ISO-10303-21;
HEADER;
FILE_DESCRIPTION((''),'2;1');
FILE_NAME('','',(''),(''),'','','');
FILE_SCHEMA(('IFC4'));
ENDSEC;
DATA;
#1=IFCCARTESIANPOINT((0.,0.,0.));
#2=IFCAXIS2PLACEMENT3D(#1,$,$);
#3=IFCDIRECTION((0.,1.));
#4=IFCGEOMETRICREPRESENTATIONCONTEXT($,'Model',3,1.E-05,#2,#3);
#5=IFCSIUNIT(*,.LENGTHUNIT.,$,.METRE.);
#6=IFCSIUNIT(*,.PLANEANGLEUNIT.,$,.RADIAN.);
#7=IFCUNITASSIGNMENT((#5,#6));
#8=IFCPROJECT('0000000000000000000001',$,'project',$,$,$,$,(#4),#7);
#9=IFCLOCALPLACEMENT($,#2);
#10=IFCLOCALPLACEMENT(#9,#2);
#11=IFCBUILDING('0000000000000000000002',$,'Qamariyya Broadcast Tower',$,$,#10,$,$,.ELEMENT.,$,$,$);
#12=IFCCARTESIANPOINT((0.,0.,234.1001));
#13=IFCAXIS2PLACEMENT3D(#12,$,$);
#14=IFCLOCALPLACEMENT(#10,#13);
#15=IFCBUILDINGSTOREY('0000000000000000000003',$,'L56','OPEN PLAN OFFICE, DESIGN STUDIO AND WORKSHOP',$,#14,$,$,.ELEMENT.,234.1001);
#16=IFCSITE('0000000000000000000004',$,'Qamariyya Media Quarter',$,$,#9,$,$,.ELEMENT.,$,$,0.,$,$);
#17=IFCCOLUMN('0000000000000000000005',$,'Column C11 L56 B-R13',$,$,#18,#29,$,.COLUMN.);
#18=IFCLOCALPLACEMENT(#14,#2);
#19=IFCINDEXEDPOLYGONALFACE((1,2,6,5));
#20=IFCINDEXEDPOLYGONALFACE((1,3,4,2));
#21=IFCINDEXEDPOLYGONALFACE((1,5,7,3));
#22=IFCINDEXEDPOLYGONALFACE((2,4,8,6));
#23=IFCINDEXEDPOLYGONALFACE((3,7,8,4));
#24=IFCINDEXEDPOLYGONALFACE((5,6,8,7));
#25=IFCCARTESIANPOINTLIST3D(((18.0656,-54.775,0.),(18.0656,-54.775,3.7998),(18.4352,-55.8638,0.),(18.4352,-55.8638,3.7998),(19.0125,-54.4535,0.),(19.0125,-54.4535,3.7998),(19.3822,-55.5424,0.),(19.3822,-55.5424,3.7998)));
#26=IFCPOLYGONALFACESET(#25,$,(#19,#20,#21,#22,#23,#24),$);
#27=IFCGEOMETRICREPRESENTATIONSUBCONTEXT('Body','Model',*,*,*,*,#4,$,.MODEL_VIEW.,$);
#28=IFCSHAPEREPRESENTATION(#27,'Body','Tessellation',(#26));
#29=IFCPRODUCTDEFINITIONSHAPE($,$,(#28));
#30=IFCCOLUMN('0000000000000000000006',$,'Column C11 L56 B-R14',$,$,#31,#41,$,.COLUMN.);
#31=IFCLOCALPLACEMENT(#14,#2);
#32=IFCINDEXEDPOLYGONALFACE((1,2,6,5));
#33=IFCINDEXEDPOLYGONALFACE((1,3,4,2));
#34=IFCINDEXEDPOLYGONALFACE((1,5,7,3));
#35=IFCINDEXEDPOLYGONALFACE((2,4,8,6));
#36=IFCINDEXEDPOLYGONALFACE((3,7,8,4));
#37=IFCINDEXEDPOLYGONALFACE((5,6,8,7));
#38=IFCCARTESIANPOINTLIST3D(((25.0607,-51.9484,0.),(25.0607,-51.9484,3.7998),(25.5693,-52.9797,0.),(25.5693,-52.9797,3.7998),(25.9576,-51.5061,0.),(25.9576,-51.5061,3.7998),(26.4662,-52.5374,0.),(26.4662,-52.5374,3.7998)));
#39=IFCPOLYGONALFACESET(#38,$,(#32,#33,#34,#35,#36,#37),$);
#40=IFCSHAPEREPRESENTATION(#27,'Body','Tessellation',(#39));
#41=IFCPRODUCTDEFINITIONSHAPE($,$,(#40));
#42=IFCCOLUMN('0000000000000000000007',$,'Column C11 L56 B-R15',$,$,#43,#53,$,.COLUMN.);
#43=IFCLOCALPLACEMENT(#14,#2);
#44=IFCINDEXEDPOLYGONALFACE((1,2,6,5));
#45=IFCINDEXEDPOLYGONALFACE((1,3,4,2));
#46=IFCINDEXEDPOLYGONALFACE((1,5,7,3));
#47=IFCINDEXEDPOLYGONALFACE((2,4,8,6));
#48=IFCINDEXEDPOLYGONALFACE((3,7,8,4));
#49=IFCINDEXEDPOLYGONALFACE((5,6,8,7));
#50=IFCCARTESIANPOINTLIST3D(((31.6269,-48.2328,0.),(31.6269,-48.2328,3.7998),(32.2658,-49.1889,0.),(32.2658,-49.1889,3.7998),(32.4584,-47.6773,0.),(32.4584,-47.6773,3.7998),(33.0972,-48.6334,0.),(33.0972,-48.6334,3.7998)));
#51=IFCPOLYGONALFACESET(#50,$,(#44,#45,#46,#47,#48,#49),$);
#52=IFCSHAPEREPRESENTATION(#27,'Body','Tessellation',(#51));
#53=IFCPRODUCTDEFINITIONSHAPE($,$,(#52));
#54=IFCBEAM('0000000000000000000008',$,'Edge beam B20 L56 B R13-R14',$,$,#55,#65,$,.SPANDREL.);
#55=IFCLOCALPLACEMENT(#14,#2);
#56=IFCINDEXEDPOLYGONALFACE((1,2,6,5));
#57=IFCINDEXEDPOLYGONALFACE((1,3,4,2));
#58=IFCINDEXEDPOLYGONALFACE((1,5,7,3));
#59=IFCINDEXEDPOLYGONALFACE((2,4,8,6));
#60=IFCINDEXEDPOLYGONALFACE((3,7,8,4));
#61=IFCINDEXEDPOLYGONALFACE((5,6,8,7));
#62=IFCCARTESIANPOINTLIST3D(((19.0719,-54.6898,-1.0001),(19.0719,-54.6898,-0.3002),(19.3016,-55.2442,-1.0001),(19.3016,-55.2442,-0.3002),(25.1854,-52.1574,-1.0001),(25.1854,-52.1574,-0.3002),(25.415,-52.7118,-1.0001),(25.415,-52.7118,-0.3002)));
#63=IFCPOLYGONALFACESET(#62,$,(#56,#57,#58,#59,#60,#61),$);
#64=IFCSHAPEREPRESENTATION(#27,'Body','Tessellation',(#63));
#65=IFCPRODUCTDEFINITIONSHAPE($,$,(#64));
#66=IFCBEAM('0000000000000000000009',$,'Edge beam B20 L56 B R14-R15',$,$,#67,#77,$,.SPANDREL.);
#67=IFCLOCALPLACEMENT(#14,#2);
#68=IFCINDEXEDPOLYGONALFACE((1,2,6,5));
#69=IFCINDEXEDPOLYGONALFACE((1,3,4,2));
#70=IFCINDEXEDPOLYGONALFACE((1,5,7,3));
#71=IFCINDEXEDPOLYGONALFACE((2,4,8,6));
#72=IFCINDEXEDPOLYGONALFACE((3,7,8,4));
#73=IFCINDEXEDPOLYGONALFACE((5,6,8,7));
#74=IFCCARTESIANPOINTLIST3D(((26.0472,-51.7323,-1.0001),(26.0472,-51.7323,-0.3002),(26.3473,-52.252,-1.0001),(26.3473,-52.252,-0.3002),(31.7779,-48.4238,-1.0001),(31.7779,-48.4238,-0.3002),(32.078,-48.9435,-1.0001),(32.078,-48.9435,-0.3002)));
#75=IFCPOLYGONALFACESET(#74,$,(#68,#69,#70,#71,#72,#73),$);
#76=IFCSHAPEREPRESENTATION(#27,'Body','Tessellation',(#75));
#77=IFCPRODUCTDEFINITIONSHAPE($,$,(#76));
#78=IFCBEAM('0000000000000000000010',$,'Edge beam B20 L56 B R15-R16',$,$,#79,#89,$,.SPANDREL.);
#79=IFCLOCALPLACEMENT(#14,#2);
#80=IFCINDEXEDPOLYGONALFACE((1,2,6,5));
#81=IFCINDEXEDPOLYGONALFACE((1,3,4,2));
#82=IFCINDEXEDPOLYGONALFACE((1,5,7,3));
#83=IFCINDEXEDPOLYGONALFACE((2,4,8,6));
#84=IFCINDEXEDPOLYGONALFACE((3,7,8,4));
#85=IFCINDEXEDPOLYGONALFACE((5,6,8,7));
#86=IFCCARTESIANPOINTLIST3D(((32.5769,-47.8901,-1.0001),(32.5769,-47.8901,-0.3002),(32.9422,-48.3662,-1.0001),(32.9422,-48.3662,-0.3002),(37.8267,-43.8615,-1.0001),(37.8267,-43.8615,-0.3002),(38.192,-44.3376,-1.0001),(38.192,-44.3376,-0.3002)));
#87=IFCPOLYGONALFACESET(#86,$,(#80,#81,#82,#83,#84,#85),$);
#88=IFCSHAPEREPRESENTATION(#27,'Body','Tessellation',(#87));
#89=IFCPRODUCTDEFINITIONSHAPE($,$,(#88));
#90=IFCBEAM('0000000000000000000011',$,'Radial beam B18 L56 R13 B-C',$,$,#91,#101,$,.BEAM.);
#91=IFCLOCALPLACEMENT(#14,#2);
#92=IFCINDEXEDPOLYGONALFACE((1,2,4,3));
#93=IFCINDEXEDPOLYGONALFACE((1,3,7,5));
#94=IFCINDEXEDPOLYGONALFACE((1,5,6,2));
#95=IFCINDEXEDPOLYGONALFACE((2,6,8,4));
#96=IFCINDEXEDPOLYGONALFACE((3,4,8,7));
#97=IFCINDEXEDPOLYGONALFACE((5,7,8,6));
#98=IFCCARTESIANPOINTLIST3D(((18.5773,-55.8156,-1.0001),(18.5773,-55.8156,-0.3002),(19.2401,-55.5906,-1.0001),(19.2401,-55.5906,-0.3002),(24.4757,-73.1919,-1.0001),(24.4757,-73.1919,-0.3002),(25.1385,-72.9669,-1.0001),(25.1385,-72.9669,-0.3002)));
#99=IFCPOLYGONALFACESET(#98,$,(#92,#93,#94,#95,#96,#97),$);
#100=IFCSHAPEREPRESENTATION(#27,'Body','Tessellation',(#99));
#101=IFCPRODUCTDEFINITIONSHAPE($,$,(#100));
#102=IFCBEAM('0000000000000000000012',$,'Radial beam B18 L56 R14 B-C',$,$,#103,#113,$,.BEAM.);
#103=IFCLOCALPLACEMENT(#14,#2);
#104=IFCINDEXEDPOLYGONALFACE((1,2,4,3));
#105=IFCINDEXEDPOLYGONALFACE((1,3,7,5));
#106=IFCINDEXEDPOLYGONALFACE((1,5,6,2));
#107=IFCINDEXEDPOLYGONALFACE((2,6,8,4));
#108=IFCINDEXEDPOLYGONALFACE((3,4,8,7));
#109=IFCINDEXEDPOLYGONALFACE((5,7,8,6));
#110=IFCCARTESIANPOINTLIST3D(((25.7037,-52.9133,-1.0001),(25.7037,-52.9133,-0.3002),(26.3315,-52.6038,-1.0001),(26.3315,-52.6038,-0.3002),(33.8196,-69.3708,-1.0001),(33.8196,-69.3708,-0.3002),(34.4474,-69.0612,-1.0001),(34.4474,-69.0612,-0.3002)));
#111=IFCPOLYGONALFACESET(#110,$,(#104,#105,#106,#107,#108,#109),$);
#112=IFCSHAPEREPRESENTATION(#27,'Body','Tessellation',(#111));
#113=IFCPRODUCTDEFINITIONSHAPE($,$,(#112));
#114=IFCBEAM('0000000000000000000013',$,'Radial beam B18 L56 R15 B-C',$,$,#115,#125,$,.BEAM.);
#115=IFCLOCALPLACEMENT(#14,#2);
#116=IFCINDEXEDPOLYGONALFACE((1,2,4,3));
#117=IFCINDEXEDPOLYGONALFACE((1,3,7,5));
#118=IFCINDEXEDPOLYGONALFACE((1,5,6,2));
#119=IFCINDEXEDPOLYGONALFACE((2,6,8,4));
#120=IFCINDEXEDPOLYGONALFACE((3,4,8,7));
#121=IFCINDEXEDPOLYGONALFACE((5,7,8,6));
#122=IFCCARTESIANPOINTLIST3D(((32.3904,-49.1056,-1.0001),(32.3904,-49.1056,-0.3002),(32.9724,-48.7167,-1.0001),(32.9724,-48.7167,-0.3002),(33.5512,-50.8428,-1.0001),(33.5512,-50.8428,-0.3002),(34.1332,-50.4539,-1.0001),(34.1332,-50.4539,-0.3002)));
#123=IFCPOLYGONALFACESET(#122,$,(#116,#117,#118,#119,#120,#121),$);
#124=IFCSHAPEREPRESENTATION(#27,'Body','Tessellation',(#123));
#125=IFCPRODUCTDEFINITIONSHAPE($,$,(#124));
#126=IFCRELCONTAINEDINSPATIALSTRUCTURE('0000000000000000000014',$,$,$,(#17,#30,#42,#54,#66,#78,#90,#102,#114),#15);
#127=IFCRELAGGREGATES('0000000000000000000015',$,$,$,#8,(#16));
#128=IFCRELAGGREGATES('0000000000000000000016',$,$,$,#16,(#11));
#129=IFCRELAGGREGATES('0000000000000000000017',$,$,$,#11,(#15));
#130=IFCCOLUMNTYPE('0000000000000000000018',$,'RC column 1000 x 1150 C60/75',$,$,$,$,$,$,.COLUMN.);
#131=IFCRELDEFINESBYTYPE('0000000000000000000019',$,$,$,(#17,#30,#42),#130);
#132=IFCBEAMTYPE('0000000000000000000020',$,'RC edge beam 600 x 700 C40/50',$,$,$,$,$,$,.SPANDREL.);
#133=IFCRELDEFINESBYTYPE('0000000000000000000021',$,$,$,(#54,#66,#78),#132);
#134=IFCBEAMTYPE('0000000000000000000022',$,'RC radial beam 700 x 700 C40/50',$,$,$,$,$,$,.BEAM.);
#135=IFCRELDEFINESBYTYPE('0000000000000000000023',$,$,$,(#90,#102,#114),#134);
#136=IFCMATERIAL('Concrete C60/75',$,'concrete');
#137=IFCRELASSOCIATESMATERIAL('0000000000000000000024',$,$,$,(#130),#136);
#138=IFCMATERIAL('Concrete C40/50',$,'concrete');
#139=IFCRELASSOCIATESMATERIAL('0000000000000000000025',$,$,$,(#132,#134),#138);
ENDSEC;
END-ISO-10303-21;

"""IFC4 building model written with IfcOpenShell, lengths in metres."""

from ifc_helpers import new_model, si_unit, direction, frame, origin, origin_2d, place, context, subcontext, project, spatial, rectangle, extrude, material, material_profile, profile_set, type_object, element, save


model = new_model("IFC4")

# Units and contexts
model_context = context("Model", 3, precision=1e-05, world=origin(), true_north=direction((0.0, 1.0)))
body_context = subcontext(model_context, "Body", "Model", "MODEL_VIEW")
ifc_project = project(units=[si_unit("LENGTHUNIT", "METRE"), si_unit("PLANEANGLEUNIT", "RADIAN")], contexts=[model_context])

# Site, building, storey
site_placement = place(None, origin())
site = spatial("IfcSite", under=ifc_project, at=site_placement, Name="Qamariyya Media Quarter", CompositionType="ELEMENT", RefElevation=0.0)
building_placement = place(site_placement, origin())
building = spatial("IfcBuilding", under=site, at=building_placement, Name="Qamariyya Broadcast Tower", CompositionType="ELEMENT")
storey_placement = place(building_placement, frame((0.0, 0.0, 234.1001)))
storey = spatial("IfcBuildingStorey", under=building, at=storey_placement, Name="L56", Description="OPEN PLAN OFFICE, DESIGN STUDIO AND WORKSHOP", CompositionType="ELEMENT", Elevation=234.1001)

# Columns
ifc_material_1 = material(Name="Concrete C60/75", Category="concrete")
ifc_material_profile_1 = material_profile(ifc_material_1, rectangle(XDim=1.0, YDim=1.1499, at=origin_2d()))
ifc_profile_set_1 = profile_set([ifc_material_profile_1], Name="Concrete C60/75")
column_type = type_object("IfcColumnType", Name="RC column 1000 x 1150 C60/75", PredefinedType="COLUMN", material=ifc_profile_set_1)
for number, where, z_axis, x_axis, name in (
    (1, (18.7239, -55.1587, 0.0), (0.0, 0.0, 1.0), (0.94693, 0.321439, 0.0), "Column C11 L56 B-R13"),
    (2, (25.7634, -52.2429, 0.0), (0.0, 0.0, 1.0), (0.896873, 0.442289, 0.0), "Column C11 L56 B-R14"),
    (3, (32.3621, -48.4331, 0.0), (0.0, 0.0, 1.0), (0.83147, 0.55557, 0.0), "Column C11 L56 B-R15"),
):
    element("IfcColumn", number, at=place(storey_placement, frame(where, z_axis=z_axis, x_axis=x_axis)), inside=storey, type_object=column_type, Name=name, PredefinedType="COLUMN", context=body_context, shape_type="SweptSolid", body=[
        extrude(rectangle(XDim=1.0, YDim=1.1499, at=origin_2d()), origin(), (0.0, 0.0, 1.0), 3.7998),
    ])

# Beams
ifc_material_2 = material(Name="Concrete C40/50", Category="concrete")
ifc_material_profile_2 = material_profile(ifc_material_2, rectangle(XDim=0.6001, YDim=0.7, at=origin_2d()))
ifc_profile_set_2 = profile_set([ifc_material_profile_2], Name="Concrete C40/50")
beam_type_1 = type_object("IfcBeamType", Name="RC edge beam 600 x 700 C40/50", PredefinedType="SPANDREL", material=ifc_profile_set_2)
for number, where, z_axis, x_axis, name in (
    (4, (19.1868, -54.967, -0.6501), (0.923871, 0.382705, 0.0), (-0.382705, 0.923871, 0.0), "Edge beam B20 L56 B R13-R14"),
    (5, (26.1973, -51.9922, -0.6501), (0.866028, 0.499996, 0.0), (-0.499996, 0.866028, 0.0), "Edge beam B20 L56 B R14-R15"),
):
    element("IfcBeam", number, at=place(storey_placement, frame(where, z_axis=z_axis, x_axis=x_axis)), inside=storey, type_object=beam_type_1, Name=name, PredefinedType="SPANDREL", context=body_context, shape_type="SweptSolid", body=[
        extrude(rectangle(XDim=0.6001, YDim=0.7, at=origin_2d()), origin(), (0.0, 0.0, 1.0), 6.6172),
    ])
beam_1_placement = place(storey_placement, frame((32.7595, -48.1282, -0.6501), z_axis=(0.793333, 0.608789, 0.0), x_axis=(-0.608789, 0.793333, 0.0)))
element("IfcBeam", 6, at=beam_1_placement, inside=storey, type_object=beam_type_1, Name="Edge beam B20 L56 B R15-R16", PredefinedType="SPANDREL", context=body_context, shape_type="SweptSolid", body=[
    extrude(rectangle(XDim=0.6001, YDim=0.7, at=origin_2d()), origin(), (0.0, 0.0, 1.0), 6.6174),
])
ifc_material_profile_3 = material_profile(ifc_material_2, rectangle(XDim=0.7, YDim=0.7, at=origin_2d()))
ifc_profile_set_3 = profile_set([ifc_material_profile_3], Name="Concrete C40/50")
beam_type_2 = type_object("IfcBeamType", Name="RC radial beam 700 x 700 C40/50", PredefinedType="BEAM", material=ifc_profile_set_3)
beam_2_placement = place(storey_placement, frame((18.9087, -55.7031, -0.6501), z_axis=(0.32144, -0.94693, 0.0), x_axis=(0.94693, 0.32144, 0.0)))
element("IfcBeam", 7, at=beam_2_placement, inside=storey, type_object=beam_type_2, Name="Radial beam B18 L56 R13 B-C", PredefinedType="BEAM", context=body_context, shape_type="SweptSolid", body=[
    extrude(rectangle(XDim=0.7, YDim=0.7, at=origin_2d()), origin(), (0.0, 0.0, 1.0), 18.3501),
])
beam_3_placement = place(storey_placement, frame((26.0176, -52.7585, -0.6501), z_axis=(0.442289, -0.896872, 0.0), x_axis=(0.896872, 0.442289, 0.0)))
element("IfcBeam", 8, at=beam_3_placement, inside=storey, type_object=beam_type_2, Name="Radial beam B18 L56 R14 B-C", PredefinedType="BEAM", context=body_context, shape_type="SweptSolid", body=[
    extrude(rectangle(XDim=0.7, YDim=0.7, at=origin_2d()), origin(), (0.0, 0.0, 1.0), 18.3499),
])
beam_4_placement = place(storey_placement, frame((32.6814, -48.9111, -0.6501), z_axis=(0.55559, -0.831457, 0.0), x_axis=(0.831457, 0.55559, 0.0)))
element("IfcBeam", 9, at=beam_4_placement, inside=storey, type_object=beam_type_2, Name="Radial beam B18 L56 R15 B-C", PredefinedType="BEAM", context=body_context, shape_type="SweptSolid", body=[
    extrude(rectangle(XDim=0.7, YDim=0.7, at=origin_2d()), origin(), (0.0, 0.0, 1.0), 2.0894),
])

save(model, "model.ifc")
